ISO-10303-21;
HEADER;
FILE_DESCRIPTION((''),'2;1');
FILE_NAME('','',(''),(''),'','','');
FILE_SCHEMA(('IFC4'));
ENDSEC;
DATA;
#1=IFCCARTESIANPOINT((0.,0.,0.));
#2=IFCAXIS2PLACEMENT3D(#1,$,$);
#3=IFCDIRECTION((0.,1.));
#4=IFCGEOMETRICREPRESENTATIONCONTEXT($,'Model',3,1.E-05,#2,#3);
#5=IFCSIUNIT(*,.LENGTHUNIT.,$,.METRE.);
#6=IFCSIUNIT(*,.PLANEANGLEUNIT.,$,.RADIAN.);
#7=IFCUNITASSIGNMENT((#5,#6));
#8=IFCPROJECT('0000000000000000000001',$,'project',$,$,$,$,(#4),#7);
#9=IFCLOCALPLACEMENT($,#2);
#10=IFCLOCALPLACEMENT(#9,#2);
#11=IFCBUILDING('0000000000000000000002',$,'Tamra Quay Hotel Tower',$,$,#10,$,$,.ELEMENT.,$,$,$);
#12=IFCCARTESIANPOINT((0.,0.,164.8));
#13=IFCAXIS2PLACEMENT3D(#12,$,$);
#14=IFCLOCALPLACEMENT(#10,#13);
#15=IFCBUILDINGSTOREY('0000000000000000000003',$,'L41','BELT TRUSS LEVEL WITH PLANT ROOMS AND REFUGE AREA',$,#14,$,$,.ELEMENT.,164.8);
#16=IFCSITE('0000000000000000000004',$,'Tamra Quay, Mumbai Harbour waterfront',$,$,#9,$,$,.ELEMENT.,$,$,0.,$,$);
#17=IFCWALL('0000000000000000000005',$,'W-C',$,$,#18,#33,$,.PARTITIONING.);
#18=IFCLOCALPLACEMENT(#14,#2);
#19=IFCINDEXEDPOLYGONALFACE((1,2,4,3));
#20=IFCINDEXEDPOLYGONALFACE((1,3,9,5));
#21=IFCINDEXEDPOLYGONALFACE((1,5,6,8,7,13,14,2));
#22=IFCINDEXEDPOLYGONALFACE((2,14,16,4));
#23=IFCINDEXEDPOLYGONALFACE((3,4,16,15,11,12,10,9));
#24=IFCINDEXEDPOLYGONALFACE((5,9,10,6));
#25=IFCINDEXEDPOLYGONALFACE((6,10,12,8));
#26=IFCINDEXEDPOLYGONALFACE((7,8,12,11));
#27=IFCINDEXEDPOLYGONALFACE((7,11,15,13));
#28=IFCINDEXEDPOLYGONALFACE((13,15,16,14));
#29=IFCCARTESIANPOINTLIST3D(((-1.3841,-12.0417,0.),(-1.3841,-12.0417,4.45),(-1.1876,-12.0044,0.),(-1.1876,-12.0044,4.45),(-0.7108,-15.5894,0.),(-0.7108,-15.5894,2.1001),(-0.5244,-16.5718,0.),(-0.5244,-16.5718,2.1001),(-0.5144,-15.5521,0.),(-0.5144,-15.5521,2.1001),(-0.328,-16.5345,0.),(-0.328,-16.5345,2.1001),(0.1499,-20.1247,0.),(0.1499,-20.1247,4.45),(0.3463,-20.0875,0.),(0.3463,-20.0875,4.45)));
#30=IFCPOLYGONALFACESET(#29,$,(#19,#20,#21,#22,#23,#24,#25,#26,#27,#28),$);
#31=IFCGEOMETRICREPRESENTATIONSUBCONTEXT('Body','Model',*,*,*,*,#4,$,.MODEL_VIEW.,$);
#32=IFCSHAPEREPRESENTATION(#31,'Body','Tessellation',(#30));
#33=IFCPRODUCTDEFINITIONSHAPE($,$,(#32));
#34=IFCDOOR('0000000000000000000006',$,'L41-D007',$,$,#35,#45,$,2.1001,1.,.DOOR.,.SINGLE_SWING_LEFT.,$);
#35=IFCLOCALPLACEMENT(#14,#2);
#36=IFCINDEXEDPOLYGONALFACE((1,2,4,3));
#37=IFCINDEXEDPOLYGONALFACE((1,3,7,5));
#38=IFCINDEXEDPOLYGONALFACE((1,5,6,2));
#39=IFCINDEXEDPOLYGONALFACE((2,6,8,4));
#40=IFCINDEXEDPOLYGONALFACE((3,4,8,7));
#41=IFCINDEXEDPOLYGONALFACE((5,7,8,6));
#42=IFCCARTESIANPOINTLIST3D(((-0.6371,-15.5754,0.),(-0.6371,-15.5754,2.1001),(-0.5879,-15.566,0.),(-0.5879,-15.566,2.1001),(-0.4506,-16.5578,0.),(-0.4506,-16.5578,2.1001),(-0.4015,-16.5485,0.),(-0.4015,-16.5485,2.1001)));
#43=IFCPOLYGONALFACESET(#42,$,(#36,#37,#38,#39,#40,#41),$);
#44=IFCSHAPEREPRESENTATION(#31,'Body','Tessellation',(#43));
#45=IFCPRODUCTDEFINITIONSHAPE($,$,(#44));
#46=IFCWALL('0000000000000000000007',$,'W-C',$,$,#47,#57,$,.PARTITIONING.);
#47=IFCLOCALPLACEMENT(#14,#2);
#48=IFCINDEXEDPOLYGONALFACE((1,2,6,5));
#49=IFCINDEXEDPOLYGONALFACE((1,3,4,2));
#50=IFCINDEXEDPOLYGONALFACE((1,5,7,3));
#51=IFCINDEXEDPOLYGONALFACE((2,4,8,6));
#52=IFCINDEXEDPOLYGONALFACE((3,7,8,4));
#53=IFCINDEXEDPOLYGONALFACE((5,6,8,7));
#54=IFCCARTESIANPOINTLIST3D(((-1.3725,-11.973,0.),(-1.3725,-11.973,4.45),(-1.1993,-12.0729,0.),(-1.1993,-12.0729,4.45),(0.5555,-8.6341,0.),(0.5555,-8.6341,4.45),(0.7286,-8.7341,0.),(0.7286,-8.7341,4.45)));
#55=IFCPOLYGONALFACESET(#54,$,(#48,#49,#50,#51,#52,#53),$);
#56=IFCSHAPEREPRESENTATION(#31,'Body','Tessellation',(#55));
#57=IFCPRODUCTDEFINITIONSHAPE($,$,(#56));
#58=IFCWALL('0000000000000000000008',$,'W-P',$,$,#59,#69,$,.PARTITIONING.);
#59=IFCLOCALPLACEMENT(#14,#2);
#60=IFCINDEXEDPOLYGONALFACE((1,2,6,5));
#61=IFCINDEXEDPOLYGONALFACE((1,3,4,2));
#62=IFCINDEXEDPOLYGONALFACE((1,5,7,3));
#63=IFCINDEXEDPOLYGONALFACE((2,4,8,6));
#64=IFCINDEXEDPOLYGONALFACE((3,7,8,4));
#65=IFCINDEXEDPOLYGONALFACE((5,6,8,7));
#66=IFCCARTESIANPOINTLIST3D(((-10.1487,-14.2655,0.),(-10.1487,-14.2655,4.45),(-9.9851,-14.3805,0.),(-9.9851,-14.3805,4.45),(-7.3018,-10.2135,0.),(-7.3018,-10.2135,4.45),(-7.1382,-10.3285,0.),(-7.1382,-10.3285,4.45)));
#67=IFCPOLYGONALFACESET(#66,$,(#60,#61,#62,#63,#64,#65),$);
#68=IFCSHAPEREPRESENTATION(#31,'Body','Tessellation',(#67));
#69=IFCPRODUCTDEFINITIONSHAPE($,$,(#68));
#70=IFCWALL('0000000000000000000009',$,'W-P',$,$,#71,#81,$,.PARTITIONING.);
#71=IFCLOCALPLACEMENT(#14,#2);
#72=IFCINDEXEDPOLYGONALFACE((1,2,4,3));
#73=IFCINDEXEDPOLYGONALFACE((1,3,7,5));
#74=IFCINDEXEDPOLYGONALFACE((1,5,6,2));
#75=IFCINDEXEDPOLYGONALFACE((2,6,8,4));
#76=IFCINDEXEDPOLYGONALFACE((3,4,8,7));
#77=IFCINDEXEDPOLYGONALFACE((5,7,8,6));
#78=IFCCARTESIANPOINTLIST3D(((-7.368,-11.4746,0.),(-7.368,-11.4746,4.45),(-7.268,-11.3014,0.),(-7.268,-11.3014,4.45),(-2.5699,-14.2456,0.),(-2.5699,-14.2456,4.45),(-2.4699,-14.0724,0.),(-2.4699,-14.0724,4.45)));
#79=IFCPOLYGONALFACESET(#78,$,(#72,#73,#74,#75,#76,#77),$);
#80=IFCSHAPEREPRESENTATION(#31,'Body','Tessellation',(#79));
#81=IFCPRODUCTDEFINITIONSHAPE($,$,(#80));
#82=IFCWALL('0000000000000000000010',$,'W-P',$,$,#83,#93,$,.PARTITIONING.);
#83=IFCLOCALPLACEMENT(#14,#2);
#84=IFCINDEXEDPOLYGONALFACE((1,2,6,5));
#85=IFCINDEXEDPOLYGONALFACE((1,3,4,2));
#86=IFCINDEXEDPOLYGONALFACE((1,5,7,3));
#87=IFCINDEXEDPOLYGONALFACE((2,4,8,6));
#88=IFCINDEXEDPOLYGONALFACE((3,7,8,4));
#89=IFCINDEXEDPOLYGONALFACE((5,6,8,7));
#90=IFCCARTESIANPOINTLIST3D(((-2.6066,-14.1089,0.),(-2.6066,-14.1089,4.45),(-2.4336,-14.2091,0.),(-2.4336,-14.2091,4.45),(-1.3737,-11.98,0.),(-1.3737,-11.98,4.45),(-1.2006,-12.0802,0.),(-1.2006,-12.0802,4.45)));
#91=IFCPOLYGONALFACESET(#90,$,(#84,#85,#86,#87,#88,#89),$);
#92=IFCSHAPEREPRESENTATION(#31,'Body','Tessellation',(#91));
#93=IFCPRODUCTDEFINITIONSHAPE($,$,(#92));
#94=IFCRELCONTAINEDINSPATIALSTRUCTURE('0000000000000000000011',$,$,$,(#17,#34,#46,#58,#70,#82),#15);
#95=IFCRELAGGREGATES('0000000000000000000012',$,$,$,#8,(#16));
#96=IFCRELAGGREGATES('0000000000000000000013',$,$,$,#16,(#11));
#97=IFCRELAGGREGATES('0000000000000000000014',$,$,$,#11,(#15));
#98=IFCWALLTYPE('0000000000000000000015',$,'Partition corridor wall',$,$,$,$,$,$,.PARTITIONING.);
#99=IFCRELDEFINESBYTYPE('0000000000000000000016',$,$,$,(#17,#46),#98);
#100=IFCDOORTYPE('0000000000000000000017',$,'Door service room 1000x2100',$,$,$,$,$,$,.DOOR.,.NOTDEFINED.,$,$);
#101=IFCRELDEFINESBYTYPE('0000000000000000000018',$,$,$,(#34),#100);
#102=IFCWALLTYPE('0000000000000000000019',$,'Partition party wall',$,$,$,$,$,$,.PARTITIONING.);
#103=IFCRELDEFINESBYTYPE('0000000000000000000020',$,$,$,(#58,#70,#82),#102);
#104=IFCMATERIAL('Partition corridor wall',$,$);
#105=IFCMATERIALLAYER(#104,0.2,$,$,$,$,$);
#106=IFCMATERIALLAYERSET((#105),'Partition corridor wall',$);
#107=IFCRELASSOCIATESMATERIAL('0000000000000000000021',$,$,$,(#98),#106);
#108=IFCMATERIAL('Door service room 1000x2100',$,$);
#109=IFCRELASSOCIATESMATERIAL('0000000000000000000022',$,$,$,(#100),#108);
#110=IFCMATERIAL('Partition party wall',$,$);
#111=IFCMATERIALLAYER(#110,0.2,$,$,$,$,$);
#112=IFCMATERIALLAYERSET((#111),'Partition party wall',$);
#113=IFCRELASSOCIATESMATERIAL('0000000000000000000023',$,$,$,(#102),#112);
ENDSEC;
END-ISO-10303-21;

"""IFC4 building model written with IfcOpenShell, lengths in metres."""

from ifc_helpers import new_model, si_unit, direction, frame, frame_2d, origin, place, context, subcontext, project, spatial, rectangle, extrude, material, layer, layer_set, type_object, element, fill, save


model = new_model("IFC4")

# Units and contexts
model_context = context("Model", 3, precision=1e-05, world=origin(), true_north=direction((0.0, 1.0)))
body_context = subcontext(model_context, "Body", "Model", "MODEL_VIEW")
ifc_project = project(units=[si_unit("LENGTHUNIT", "METRE"), si_unit("PLANEANGLEUNIT", "RADIAN")], contexts=[model_context])

# Site, building, storey
site_placement = place(None, origin())
site = spatial("IfcSite", under=ifc_project, at=site_placement, Name="Tamra Quay, Mumbai Harbour waterfront", CompositionType="ELEMENT", RefElevation=0.0)
building_placement = place(site_placement, origin())
building = spatial("IfcBuilding", under=site, at=building_placement, Name="Tamra Quay Hotel Tower", CompositionType="ELEMENT")
storey_placement = place(building_placement, frame((0.0, 0.0, 164.8)))
storey = spatial("IfcBuildingStorey", under=building, at=storey_placement, Name="L41", Description="BELT TRUSS LEVEL WITH PLANT ROOMS AND REFUGE AREA", CompositionType="ELEMENT", Elevation=164.8)

# Wall, opening, door
ifc_material_1 = material(Name="Partition corridor wall")
ifc_layer_1 = layer(ifc_material_1, 0.2)
ifc_layer_set_1 = layer_set([ifc_layer_1], Name="Partition corridor wall")
wall_type_1 = type_object("IfcWallType", Name="Partition corridor wall", PredefinedType="PARTITIONING", material=ifc_layer_set_1)
wall_1_placement = place(storey_placement, frame((-1.2859, -12.0229, 0.0), z_axis=(0.0, 0.0, 1.0), x_axis=(0.186445, -0.982465, 0.0)))
wall_1 = element("IfcWall", 1, at=wall_1_placement, inside=storey, type_object=wall_type_1, Name="W-C", PredefinedType="PARTITIONING", context=body_context, shape_type="SweptSolid", body=[
    extrude(rectangle(XDim=8.2273, YDim=0.2, at=frame_2d((4.1138, 0.0))), origin(), (0.0, 0.0, 1.0), 4.45),
])
opening_1_placement = place(wall_1_placement, frame((3.6111, 0.0, 0.0)))
opening_1 = element("IfcOpeningElement", 2, at=opening_1_placement, cuts=wall_1, PredefinedType="OPENING", context=body_context, shape_type="SweptSolid", body=[
    extrude(rectangle(XDim=1.0, YDim=2.1001, at=frame_2d((0.5, 1.05))), frame((0.0, 0.1099, 0.0), z_axis=(0.0, -1.0, 0.0), x_axis=(1.0, 0.0, 0.0)), (0.0, 0.0, 1.0), 0.22),
])
ifc_material_2 = material(Name="Door service room 1000x2100")
door_type_1 = type_object("IfcDoorType", Name="Door service room 1000x2100", OperationType="NOTDEFINED", PredefinedType="DOOR", material=ifc_material_2)
door_1_placement = place(opening_1_placement, frame((1.0, 0.0, 0.0), z_axis=(0.0, 0.0, 1.0), x_axis=(-1.0, 0.0, 0.0)))
door_1 = element("IfcDoor", 3, at=door_1_placement, inside=storey, type_object=door_type_1, Name="L41-D007", OperationType="SINGLE_SWING_LEFT", OverallHeight=2.1001, OverallWidth=1.0, PredefinedType="DOOR", context=body_context, shape_type="SweptSolid", body=[
    extrude(rectangle(XDim=1.0, YDim=2.1001, at=frame_2d((0.5, 1.05))), frame((0.0, 0.0249, 0.0), z_axis=(0.0, -1.0, 0.0), x_axis=(1.0, 0.0, 0.0)), (0.0, 0.0, 1.0), 0.05),
])
fill(opening_1, door_1)

# Walls
wall_2_placement = place(storey_placement, frame((-1.2859, -12.0229, 0.0), z_axis=(0.0, 0.0, 1.0), x_axis=(0.500055, 0.865994, 0.0)))
element("IfcWall", 4, at=wall_2_placement, inside=storey, type_object=wall_type_1, Name="W-C", PredefinedType="PARTITIONING", context=body_context, shape_type="SweptSolid", body=[
    extrude(rectangle(XDim=3.8555, YDim=0.2, at=frame_2d((1.9277, 0.0))), origin(), (0.0, 0.0, 1.0), 4.45),
])
ifc_material_3 = material(Name="Partition party wall")
ifc_layer_2 = layer(ifc_material_3, 0.2)
ifc_layer_set_2 = layer_set([ifc_layer_2], Name="Partition party wall")
wall_type_2 = type_object("IfcWallType", Name="Partition party wall", PredefinedType="PARTITIONING", material=ifc_layer_set_2)
wall_3_placement = place(storey_placement, frame((-10.0669, -14.323, 0.0), z_axis=(0.0, 0.0, 1.0), x_axis=(0.574888, 0.818232, 0.0)))
element("IfcWall", 5, at=wall_3_placement, inside=storey, type_object=wall_type_2, Name="W-P", PredefinedType="PARTITIONING", context=body_context, shape_type="SweptSolid", body=[
    extrude(rectangle(XDim=4.9521, YDim=0.2, at=frame_2d((2.4761, 0.0))), origin(), (0.0, 0.0, 1.0), 4.45),
])
wall_4_placement = place(storey_placement, frame((-7.3181, -11.3879, 0.0), z_axis=(0.0, 0.0, 1.0), x_axis=(0.865962, -0.50011, 0.0)))
element("IfcWall", 6, at=wall_4_placement, inside=storey, type_object=wall_type_2, Name="W-P", PredefinedType="PARTITIONING", context=body_context, shape_type="SweptSolid", body=[
    extrude(rectangle(XDim=5.5408, YDim=0.2, at=frame_2d((2.7705, 0.0))), origin(), (0.0, 0.0, 1.0), 4.45),
])
wall_5_placement = place(storey_placement, frame((-2.52, -14.1589, 0.0), z_axis=(0.0, 0.0, 1.0), x_axis=(0.501154, 0.865358, 0.0)))
element("IfcWall", 7, at=wall_5_placement, inside=storey, type_object=wall_type_2, Name="W-P", PredefinedType="PARTITIONING", context=body_context, shape_type="SweptSolid", body=[
    extrude(rectangle(XDim=2.4602, YDim=0.2, at=frame_2d((1.23, 0.0))), origin(), (0.0, 0.0, 1.0), 4.45),
])

save(model, "model.ifc")
